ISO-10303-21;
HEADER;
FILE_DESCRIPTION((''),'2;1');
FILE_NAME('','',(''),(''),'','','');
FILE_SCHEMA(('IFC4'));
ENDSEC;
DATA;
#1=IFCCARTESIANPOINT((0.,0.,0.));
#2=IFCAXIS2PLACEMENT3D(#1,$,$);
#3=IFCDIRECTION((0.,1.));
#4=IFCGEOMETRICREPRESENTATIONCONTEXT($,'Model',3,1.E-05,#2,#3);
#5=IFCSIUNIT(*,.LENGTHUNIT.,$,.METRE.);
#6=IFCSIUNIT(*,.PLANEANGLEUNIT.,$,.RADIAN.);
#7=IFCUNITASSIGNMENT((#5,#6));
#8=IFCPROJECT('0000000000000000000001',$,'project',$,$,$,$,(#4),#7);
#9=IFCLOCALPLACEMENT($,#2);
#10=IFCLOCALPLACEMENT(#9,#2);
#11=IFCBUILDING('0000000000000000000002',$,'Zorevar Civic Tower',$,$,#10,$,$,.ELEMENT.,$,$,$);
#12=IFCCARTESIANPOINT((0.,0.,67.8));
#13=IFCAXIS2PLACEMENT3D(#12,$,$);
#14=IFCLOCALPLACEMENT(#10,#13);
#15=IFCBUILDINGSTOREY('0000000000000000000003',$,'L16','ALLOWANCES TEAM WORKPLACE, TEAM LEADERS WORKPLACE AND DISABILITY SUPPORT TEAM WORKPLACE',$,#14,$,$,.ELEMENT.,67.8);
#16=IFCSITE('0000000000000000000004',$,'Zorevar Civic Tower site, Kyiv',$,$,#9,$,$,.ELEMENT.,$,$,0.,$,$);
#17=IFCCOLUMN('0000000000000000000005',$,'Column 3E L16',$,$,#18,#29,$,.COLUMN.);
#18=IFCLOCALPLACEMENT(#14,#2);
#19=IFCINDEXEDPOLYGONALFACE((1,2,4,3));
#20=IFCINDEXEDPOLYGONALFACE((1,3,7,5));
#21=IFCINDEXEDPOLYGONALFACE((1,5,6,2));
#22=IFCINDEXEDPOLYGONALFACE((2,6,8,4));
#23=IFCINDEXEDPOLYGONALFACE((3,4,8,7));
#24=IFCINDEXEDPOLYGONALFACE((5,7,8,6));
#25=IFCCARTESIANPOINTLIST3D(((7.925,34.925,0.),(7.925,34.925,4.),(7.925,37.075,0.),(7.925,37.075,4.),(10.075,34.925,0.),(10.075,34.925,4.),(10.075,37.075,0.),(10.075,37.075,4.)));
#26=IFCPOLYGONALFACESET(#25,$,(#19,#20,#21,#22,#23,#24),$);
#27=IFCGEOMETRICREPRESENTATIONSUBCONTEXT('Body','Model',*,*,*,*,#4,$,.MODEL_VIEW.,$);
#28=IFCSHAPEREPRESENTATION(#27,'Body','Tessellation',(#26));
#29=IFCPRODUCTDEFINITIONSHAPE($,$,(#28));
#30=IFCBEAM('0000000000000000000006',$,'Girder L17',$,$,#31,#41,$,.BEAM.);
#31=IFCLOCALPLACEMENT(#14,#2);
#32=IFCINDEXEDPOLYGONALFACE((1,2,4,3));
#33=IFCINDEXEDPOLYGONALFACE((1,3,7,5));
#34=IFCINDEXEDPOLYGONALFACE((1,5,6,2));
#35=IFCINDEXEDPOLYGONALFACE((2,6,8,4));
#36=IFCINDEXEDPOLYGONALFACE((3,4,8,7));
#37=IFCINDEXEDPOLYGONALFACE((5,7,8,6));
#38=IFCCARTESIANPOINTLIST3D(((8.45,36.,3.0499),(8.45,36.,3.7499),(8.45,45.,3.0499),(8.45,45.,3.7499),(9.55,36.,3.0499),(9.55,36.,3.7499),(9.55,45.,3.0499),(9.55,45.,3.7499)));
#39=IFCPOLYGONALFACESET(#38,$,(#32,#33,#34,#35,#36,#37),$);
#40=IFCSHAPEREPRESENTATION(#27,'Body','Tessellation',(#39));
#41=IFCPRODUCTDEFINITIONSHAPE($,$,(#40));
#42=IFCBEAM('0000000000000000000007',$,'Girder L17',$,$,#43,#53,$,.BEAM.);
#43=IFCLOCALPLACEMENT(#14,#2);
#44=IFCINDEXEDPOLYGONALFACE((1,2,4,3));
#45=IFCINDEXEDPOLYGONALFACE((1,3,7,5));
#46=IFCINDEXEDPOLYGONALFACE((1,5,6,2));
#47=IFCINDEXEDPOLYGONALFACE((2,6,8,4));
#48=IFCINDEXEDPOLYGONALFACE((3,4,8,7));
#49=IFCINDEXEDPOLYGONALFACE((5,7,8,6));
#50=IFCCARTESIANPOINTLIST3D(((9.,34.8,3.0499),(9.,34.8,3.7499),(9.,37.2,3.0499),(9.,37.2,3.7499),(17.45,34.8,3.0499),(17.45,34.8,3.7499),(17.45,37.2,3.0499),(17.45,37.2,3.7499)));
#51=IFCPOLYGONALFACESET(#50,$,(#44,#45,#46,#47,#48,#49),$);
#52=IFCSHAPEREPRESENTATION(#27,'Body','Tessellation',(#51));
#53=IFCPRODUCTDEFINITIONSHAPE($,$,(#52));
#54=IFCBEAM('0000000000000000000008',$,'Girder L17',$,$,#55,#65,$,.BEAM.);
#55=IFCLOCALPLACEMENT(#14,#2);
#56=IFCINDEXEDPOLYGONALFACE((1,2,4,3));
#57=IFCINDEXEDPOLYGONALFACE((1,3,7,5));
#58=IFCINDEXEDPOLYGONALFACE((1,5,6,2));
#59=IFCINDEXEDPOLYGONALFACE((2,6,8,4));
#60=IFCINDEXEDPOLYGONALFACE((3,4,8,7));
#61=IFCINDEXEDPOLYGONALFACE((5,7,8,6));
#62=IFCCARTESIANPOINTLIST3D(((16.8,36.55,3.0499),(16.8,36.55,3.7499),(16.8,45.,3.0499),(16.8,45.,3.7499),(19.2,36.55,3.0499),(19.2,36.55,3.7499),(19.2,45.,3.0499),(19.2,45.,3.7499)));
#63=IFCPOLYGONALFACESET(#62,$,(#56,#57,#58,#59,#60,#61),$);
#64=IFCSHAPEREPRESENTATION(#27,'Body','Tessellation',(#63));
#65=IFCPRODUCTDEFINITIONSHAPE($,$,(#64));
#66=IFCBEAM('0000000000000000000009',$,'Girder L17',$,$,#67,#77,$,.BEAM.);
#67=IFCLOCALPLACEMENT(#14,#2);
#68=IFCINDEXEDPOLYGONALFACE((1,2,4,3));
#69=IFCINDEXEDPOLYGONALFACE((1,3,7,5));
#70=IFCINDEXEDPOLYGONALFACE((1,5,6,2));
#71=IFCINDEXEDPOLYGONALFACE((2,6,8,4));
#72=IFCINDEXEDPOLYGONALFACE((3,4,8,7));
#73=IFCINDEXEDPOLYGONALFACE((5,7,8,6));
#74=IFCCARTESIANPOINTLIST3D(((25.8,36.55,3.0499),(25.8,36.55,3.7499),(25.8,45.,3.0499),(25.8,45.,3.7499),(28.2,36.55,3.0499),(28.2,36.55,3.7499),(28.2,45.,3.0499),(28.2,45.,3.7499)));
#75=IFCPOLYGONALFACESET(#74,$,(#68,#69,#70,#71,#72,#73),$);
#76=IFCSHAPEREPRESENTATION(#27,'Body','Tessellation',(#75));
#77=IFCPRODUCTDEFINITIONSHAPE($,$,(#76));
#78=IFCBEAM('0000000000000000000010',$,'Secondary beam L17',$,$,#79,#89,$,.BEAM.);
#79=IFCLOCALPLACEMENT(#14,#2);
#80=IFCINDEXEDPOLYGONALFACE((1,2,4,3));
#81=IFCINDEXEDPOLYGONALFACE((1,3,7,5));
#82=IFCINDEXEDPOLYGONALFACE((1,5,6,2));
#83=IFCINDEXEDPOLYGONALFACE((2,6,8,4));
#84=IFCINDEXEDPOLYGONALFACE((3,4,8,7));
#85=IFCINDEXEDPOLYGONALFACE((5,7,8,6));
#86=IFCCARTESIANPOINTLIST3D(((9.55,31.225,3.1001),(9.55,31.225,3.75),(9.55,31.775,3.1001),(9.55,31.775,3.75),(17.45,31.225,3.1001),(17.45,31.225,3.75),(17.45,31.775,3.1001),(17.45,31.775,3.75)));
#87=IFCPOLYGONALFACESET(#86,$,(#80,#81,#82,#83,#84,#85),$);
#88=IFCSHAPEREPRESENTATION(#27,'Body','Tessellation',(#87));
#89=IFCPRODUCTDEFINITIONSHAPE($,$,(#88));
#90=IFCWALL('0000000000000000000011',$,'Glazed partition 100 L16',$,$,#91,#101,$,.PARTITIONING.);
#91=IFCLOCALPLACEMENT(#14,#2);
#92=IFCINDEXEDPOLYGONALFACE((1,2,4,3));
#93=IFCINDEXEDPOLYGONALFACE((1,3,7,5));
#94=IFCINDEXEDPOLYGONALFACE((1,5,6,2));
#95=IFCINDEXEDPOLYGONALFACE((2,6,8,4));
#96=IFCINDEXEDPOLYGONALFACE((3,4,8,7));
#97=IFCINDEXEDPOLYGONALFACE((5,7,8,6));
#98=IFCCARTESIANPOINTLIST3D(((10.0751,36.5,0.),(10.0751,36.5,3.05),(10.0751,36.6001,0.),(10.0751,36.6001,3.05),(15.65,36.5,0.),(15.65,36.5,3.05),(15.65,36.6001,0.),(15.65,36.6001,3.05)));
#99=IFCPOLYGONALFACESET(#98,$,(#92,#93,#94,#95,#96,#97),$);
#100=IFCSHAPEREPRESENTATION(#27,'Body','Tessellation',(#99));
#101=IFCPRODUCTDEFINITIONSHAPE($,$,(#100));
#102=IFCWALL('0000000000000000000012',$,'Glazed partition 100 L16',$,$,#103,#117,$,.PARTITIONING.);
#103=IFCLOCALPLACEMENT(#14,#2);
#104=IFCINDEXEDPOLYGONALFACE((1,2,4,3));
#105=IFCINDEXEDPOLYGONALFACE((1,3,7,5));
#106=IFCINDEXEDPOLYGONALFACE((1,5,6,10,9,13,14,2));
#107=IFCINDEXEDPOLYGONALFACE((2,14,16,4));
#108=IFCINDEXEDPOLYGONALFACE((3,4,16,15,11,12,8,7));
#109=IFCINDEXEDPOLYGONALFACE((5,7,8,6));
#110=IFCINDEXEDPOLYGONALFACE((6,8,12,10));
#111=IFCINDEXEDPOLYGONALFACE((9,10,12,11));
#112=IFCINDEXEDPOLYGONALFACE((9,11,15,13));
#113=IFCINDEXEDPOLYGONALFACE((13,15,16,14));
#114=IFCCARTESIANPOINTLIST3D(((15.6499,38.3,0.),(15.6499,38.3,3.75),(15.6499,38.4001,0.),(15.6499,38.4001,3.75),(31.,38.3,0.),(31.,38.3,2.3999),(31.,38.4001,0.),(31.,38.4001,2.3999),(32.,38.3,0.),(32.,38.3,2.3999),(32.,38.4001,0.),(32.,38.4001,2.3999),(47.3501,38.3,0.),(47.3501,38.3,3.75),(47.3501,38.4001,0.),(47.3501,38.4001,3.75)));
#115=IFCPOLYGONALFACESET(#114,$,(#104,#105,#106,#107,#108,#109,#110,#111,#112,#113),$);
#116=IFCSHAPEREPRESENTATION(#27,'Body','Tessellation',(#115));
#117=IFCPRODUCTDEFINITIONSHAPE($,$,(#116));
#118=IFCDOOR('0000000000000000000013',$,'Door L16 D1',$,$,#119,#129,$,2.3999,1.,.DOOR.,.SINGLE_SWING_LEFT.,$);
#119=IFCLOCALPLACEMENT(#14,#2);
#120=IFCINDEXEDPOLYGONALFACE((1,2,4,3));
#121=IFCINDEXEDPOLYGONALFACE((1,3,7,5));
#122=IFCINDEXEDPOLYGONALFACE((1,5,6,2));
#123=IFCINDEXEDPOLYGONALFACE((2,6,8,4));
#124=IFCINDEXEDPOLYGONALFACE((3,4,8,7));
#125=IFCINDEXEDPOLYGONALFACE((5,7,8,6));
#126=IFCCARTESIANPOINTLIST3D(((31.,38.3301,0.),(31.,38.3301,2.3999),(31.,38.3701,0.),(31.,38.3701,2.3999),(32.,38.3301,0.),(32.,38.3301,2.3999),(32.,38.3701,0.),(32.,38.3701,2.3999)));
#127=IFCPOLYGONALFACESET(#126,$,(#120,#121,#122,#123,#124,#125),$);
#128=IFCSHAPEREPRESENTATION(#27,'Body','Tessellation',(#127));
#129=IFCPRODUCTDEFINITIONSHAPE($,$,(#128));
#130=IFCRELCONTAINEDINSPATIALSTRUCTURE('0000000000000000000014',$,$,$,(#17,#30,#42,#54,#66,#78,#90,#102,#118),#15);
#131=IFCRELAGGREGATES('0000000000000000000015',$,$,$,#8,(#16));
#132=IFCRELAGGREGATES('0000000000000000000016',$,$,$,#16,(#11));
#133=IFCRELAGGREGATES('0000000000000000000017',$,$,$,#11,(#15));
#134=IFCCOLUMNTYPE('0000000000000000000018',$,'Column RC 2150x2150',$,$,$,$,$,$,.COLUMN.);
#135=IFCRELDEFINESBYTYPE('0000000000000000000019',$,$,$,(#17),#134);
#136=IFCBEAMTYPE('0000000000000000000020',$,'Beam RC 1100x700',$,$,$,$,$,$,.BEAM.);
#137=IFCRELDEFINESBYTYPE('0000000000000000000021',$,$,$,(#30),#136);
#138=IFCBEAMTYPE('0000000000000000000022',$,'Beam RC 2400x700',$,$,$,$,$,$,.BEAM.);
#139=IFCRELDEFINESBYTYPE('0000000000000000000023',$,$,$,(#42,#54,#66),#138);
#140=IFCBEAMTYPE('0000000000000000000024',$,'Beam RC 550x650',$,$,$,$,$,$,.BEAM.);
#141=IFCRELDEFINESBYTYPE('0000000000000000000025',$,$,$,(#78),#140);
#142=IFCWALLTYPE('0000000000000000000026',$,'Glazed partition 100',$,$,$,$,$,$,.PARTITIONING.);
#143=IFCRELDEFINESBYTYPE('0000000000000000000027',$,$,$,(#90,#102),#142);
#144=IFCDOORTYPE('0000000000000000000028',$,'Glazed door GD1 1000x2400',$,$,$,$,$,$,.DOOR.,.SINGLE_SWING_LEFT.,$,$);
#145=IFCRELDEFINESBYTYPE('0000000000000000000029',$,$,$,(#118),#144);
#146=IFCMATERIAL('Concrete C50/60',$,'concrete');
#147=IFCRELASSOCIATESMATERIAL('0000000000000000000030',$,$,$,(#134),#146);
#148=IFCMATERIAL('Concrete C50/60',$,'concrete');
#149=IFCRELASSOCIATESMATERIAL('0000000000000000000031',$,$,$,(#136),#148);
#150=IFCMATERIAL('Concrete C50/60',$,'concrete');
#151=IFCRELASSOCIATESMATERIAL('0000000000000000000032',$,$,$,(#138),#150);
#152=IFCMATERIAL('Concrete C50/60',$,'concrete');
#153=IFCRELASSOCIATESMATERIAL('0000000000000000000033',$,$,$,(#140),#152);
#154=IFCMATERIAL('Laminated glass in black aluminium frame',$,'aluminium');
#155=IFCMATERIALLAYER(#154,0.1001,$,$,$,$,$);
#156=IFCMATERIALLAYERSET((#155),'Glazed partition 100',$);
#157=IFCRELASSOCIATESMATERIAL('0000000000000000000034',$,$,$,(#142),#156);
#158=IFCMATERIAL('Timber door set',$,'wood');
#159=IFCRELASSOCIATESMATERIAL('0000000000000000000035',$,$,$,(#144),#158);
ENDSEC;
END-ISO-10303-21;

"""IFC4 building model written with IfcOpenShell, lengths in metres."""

from ifc_helpers import new_model, si_unit, direction, frame, frame_2d, origin, origin_2d, place, context, subcontext, project, spatial, rectangle, extrude, material, layer, layer_set, material_profile, profile_set, type_object, element, fill, save


model = new_model("IFC4")

# Units and contexts
model_context = context("Model", 3, precision=1e-05, world=origin(), true_north=direction((0.0, 1.0)))
body_context = subcontext(model_context, "Body", "Model", "MODEL_VIEW")
ifc_project = project(units=[si_unit("LENGTHUNIT", "METRE"), si_unit("PLANEANGLEUNIT", "RADIAN")], contexts=[model_context])

# Site, building, storey
site_placement = place(None, origin())
site = spatial("IfcSite", under=ifc_project, at=site_placement, Name="Zorevar Civic Tower site, Kyiv", CompositionType="ELEMENT", RefElevation=0.0)
building_placement = place(site_placement, origin())
building = spatial("IfcBuilding", under=site, at=building_placement, Name="Zorevar Civic Tower", CompositionType="ELEMENT")
storey_placement = place(building_placement, frame((0.0, 0.0, 67.8)))
storey = spatial("IfcBuildingStorey", under=building, at=storey_placement, Name="L16", Description="ALLOWANCES TEAM WORKPLACE, TEAM LEADERS WORKPLACE AND DISABILITY SUPPORT TEAM WORKPLACE", CompositionType="ELEMENT", Elevation=67.8)

# Column
ifc_material_1 = material(Name="Concrete C50/60", Category="concrete")
ifc_material_profile_1 = material_profile(ifc_material_1, rectangle(XDim=2.1499, YDim=2.1499, at=origin_2d()), Name="RC 2150x2150")
ifc_profile_set_1 = profile_set([ifc_material_profile_1], Name="Concrete C50/60")
column_type = type_object("IfcColumnType", Name="Column RC 2150x2150", PredefinedType="COLUMN", material=ifc_profile_set_1)
column_placement = place(storey_placement, frame((9.0, 36.0, 0.0), z_axis=(0.0, 0.0, 1.0), x_axis=(1.0, 0.0, 0.0)))
element("IfcColumn", 1, at=column_placement, inside=storey, type_object=column_type, Name="Column 3E L16", PredefinedType="COLUMN", context=body_context, shape_type="SweptSolid", body=[
    extrude(rectangle(XDim=2.1499, YDim=2.1499, at=origin_2d()), origin(), (0.0, 0.0, 1.0), 4.0),
])

# Beams
ifc_material_2 = material(Name="Concrete C50/60", Category="concrete")
ifc_material_profile_2 = material_profile(ifc_material_2, rectangle(XDim=1.1001, YDim=0.7, at=origin_2d()), Name="RC 1100x700")
ifc_profile_set_2 = profile_set([ifc_material_profile_2], Name="Concrete C50/60")
beam_type_1 = type_object("IfcBeamType", Name="Beam RC 1100x700", PredefinedType="BEAM", material=ifc_profile_set_2)
beam_1_placement = place(storey_placement, frame((9.0, 36.0, 3.3999), z_axis=(0.0, 1.0, 0.0), x_axis=(-1.0, 0.0, 0.0)))
element("IfcBeam", 2, at=beam_1_placement, inside=storey, type_object=beam_type_1, Name="Girder L17", PredefinedType="BEAM", context=body_context, shape_type="SweptSolid", body=[
    extrude(rectangle(XDim=1.1001, YDim=0.7, at=origin_2d()), origin(), (0.0, 0.0, 1.0), 9.0),
])
ifc_material_3 = material(Name="Concrete C50/60", Category="concrete")
ifc_material_profile_3 = material_profile(ifc_material_3, rectangle(XDim=2.3999, YDim=0.7, at=origin_2d()), Name="RC 2400x700")
ifc_profile_set_3 = profile_set([ifc_material_profile_3], Name="Concrete C50/60")
beam_type_2 = type_object("IfcBeamType", Name="Beam RC 2400x700", PredefinedType="BEAM", material=ifc_profile_set_3)
for number, where, z_axis, x_axis, name in (
    (3, (9.0, 36.0, 3.3999), (1.0, 0.0, 0.0), (0.0, 1.0, 0.0), "Girder L17"),
    (4, (18.0, 36.55, 3.3999), (0.0, 1.0, 0.0), (-1.0, 0.0, 0.0), "Girder L17"),
    (5, (27.0, 36.55, 3.3999), (0.0, 1.0, 0.0), (-1.0, 0.0, 0.0), "Girder L17"),
):
    element("IfcBeam", number, at=place(storey_placement, frame(where, z_axis=z_axis, x_axis=x_axis)), inside=storey, type_object=beam_type_2, Name=name, PredefinedType="BEAM", context=body_context, shape_type="SweptSolid", body=[
        extrude(rectangle(XDim=2.3999, YDim=0.7, at=origin_2d()), origin(), (0.0, 0.0, 1.0), 8.45),
    ])
ifc_material_4 = material(Name="Concrete C50/60", Category="concrete")
ifc_material_profile_4 = material_profile(ifc_material_4, rectangle(XDim=0.55, YDim=0.6499, at=origin_2d()), Name="RC 550x650")
ifc_profile_set_4 = profile_set([ifc_material_profile_4], Name="Concrete C50/60")
beam_type_3 = type_object("IfcBeamType", Name="Beam RC 550x650", PredefinedType="BEAM", material=ifc_profile_set_4)
beam_2_placement = place(storey_placement, frame((9.55, 31.5, 3.425), z_axis=(1.0, 0.0, 0.0), x_axis=(0.0, 1.0, 0.0)))
element("IfcBeam", 6, at=beam_2_placement, inside=storey, type_object=beam_type_3, Name="Secondary beam L17", PredefinedType="BEAM", context=body_context, shape_type="SweptSolid", body=[
    extrude(rectangle(XDim=0.55, YDim=0.6499, at=origin_2d()), origin(), (0.0, 0.0, 1.0), 7.8999),
])

# Wall
ifc_material_5 = material(Name="Laminated glass in black aluminium frame", Category="aluminium")
ifc_layer_1 = layer(ifc_material_5, 0.1001)
ifc_layer_set_1 = layer_set([ifc_layer_1], Name="Glazed partition 100")
wall_type_1 = type_object("IfcWallType", Name="Glazed partition 100", PredefinedType="PARTITIONING", material=ifc_layer_set_1)
wall_1_placement = place(storey_placement, frame((10.075, 36.55, 0.0), z_axis=(0.0, 0.0, 1.0), x_axis=(1.0, 0.0, 0.0)))
element("IfcWall", 7, at=wall_1_placement, inside=storey, type_object=wall_type_1, Name="Glazed partition 100 L16", PredefinedType="PARTITIONING", context=body_context, shape_type="SweptSolid", body=[
    extrude(rectangle(XDim=5.575, YDim=0.1001, at=frame_2d((2.7876, 0.0))), origin(), (0.0, 0.0, 1.0), 3.05),
])

# Wall, opening, door
wall_2_placement = place(storey_placement, frame((15.6499, 38.3501, 0.0), z_axis=(0.0, 0.0, 1.0), x_axis=(1.0, 0.0, 0.0)))
wall_2 = element("IfcWall", 8, at=wall_2_placement, inside=storey, type_object=wall_type_1, Name="Glazed partition 100 L16", PredefinedType="PARTITIONING", context=body_context, shape_type="SweptSolid", body=[
    extrude(rectangle(XDim=31.7002, YDim=0.1001, at=frame_2d((15.8501, 0.0))), origin(), (0.0, 0.0, 1.0), 3.75),
])
opening_1_placement = place(wall_2_placement, frame((15.3501, 0.0, 0.0)))
opening_1 = element("IfcOpeningElement", 9, at=opening_1_placement, cuts=wall_2, PredefinedType="OPENING", context=body_context, shape_type="SweptSolid", body=[
    extrude(rectangle(XDim=1.0, YDim=2.3999, at=frame_2d((0.5, 1.2))), frame((0.0, 0.0601, 0.0), z_axis=(0.0, -1.0, 0.0), x_axis=(1.0, 0.0, 0.0)), (0.0, 0.0, 1.0), 0.1201),
])
ifc_material_6 = material(Name="Timber door set", Category="wood")
door_type_1 = type_object("IfcDoorType", Name="Glazed door GD1 1000x2400", OperationType="SINGLE_SWING_LEFT", PredefinedType="DOOR", material=ifc_material_6)
door_1_placement = place(opening_1_placement, origin())
door_1 = element("IfcDoor", 10, at=door_1_placement, inside=storey, type_object=door_type_1, Name="Door L16 D1", OperationType="SINGLE_SWING_LEFT", OverallHeight=2.3999, OverallWidth=1.0, PredefinedType="DOOR", context=body_context, shape_type="SweptSolid", body=[
    extrude(rectangle(XDim=1.0, YDim=2.3999, at=frame_2d((0.5, 1.2))), frame((0.0, 0.02, 0.0), z_axis=(0.0, -1.0, 0.0), x_axis=(1.0, 0.0, 0.0)), (0.0, 0.0, 1.0), 0.04),
])
fill(opening_1, door_1)

save(model, "model.ifc")
